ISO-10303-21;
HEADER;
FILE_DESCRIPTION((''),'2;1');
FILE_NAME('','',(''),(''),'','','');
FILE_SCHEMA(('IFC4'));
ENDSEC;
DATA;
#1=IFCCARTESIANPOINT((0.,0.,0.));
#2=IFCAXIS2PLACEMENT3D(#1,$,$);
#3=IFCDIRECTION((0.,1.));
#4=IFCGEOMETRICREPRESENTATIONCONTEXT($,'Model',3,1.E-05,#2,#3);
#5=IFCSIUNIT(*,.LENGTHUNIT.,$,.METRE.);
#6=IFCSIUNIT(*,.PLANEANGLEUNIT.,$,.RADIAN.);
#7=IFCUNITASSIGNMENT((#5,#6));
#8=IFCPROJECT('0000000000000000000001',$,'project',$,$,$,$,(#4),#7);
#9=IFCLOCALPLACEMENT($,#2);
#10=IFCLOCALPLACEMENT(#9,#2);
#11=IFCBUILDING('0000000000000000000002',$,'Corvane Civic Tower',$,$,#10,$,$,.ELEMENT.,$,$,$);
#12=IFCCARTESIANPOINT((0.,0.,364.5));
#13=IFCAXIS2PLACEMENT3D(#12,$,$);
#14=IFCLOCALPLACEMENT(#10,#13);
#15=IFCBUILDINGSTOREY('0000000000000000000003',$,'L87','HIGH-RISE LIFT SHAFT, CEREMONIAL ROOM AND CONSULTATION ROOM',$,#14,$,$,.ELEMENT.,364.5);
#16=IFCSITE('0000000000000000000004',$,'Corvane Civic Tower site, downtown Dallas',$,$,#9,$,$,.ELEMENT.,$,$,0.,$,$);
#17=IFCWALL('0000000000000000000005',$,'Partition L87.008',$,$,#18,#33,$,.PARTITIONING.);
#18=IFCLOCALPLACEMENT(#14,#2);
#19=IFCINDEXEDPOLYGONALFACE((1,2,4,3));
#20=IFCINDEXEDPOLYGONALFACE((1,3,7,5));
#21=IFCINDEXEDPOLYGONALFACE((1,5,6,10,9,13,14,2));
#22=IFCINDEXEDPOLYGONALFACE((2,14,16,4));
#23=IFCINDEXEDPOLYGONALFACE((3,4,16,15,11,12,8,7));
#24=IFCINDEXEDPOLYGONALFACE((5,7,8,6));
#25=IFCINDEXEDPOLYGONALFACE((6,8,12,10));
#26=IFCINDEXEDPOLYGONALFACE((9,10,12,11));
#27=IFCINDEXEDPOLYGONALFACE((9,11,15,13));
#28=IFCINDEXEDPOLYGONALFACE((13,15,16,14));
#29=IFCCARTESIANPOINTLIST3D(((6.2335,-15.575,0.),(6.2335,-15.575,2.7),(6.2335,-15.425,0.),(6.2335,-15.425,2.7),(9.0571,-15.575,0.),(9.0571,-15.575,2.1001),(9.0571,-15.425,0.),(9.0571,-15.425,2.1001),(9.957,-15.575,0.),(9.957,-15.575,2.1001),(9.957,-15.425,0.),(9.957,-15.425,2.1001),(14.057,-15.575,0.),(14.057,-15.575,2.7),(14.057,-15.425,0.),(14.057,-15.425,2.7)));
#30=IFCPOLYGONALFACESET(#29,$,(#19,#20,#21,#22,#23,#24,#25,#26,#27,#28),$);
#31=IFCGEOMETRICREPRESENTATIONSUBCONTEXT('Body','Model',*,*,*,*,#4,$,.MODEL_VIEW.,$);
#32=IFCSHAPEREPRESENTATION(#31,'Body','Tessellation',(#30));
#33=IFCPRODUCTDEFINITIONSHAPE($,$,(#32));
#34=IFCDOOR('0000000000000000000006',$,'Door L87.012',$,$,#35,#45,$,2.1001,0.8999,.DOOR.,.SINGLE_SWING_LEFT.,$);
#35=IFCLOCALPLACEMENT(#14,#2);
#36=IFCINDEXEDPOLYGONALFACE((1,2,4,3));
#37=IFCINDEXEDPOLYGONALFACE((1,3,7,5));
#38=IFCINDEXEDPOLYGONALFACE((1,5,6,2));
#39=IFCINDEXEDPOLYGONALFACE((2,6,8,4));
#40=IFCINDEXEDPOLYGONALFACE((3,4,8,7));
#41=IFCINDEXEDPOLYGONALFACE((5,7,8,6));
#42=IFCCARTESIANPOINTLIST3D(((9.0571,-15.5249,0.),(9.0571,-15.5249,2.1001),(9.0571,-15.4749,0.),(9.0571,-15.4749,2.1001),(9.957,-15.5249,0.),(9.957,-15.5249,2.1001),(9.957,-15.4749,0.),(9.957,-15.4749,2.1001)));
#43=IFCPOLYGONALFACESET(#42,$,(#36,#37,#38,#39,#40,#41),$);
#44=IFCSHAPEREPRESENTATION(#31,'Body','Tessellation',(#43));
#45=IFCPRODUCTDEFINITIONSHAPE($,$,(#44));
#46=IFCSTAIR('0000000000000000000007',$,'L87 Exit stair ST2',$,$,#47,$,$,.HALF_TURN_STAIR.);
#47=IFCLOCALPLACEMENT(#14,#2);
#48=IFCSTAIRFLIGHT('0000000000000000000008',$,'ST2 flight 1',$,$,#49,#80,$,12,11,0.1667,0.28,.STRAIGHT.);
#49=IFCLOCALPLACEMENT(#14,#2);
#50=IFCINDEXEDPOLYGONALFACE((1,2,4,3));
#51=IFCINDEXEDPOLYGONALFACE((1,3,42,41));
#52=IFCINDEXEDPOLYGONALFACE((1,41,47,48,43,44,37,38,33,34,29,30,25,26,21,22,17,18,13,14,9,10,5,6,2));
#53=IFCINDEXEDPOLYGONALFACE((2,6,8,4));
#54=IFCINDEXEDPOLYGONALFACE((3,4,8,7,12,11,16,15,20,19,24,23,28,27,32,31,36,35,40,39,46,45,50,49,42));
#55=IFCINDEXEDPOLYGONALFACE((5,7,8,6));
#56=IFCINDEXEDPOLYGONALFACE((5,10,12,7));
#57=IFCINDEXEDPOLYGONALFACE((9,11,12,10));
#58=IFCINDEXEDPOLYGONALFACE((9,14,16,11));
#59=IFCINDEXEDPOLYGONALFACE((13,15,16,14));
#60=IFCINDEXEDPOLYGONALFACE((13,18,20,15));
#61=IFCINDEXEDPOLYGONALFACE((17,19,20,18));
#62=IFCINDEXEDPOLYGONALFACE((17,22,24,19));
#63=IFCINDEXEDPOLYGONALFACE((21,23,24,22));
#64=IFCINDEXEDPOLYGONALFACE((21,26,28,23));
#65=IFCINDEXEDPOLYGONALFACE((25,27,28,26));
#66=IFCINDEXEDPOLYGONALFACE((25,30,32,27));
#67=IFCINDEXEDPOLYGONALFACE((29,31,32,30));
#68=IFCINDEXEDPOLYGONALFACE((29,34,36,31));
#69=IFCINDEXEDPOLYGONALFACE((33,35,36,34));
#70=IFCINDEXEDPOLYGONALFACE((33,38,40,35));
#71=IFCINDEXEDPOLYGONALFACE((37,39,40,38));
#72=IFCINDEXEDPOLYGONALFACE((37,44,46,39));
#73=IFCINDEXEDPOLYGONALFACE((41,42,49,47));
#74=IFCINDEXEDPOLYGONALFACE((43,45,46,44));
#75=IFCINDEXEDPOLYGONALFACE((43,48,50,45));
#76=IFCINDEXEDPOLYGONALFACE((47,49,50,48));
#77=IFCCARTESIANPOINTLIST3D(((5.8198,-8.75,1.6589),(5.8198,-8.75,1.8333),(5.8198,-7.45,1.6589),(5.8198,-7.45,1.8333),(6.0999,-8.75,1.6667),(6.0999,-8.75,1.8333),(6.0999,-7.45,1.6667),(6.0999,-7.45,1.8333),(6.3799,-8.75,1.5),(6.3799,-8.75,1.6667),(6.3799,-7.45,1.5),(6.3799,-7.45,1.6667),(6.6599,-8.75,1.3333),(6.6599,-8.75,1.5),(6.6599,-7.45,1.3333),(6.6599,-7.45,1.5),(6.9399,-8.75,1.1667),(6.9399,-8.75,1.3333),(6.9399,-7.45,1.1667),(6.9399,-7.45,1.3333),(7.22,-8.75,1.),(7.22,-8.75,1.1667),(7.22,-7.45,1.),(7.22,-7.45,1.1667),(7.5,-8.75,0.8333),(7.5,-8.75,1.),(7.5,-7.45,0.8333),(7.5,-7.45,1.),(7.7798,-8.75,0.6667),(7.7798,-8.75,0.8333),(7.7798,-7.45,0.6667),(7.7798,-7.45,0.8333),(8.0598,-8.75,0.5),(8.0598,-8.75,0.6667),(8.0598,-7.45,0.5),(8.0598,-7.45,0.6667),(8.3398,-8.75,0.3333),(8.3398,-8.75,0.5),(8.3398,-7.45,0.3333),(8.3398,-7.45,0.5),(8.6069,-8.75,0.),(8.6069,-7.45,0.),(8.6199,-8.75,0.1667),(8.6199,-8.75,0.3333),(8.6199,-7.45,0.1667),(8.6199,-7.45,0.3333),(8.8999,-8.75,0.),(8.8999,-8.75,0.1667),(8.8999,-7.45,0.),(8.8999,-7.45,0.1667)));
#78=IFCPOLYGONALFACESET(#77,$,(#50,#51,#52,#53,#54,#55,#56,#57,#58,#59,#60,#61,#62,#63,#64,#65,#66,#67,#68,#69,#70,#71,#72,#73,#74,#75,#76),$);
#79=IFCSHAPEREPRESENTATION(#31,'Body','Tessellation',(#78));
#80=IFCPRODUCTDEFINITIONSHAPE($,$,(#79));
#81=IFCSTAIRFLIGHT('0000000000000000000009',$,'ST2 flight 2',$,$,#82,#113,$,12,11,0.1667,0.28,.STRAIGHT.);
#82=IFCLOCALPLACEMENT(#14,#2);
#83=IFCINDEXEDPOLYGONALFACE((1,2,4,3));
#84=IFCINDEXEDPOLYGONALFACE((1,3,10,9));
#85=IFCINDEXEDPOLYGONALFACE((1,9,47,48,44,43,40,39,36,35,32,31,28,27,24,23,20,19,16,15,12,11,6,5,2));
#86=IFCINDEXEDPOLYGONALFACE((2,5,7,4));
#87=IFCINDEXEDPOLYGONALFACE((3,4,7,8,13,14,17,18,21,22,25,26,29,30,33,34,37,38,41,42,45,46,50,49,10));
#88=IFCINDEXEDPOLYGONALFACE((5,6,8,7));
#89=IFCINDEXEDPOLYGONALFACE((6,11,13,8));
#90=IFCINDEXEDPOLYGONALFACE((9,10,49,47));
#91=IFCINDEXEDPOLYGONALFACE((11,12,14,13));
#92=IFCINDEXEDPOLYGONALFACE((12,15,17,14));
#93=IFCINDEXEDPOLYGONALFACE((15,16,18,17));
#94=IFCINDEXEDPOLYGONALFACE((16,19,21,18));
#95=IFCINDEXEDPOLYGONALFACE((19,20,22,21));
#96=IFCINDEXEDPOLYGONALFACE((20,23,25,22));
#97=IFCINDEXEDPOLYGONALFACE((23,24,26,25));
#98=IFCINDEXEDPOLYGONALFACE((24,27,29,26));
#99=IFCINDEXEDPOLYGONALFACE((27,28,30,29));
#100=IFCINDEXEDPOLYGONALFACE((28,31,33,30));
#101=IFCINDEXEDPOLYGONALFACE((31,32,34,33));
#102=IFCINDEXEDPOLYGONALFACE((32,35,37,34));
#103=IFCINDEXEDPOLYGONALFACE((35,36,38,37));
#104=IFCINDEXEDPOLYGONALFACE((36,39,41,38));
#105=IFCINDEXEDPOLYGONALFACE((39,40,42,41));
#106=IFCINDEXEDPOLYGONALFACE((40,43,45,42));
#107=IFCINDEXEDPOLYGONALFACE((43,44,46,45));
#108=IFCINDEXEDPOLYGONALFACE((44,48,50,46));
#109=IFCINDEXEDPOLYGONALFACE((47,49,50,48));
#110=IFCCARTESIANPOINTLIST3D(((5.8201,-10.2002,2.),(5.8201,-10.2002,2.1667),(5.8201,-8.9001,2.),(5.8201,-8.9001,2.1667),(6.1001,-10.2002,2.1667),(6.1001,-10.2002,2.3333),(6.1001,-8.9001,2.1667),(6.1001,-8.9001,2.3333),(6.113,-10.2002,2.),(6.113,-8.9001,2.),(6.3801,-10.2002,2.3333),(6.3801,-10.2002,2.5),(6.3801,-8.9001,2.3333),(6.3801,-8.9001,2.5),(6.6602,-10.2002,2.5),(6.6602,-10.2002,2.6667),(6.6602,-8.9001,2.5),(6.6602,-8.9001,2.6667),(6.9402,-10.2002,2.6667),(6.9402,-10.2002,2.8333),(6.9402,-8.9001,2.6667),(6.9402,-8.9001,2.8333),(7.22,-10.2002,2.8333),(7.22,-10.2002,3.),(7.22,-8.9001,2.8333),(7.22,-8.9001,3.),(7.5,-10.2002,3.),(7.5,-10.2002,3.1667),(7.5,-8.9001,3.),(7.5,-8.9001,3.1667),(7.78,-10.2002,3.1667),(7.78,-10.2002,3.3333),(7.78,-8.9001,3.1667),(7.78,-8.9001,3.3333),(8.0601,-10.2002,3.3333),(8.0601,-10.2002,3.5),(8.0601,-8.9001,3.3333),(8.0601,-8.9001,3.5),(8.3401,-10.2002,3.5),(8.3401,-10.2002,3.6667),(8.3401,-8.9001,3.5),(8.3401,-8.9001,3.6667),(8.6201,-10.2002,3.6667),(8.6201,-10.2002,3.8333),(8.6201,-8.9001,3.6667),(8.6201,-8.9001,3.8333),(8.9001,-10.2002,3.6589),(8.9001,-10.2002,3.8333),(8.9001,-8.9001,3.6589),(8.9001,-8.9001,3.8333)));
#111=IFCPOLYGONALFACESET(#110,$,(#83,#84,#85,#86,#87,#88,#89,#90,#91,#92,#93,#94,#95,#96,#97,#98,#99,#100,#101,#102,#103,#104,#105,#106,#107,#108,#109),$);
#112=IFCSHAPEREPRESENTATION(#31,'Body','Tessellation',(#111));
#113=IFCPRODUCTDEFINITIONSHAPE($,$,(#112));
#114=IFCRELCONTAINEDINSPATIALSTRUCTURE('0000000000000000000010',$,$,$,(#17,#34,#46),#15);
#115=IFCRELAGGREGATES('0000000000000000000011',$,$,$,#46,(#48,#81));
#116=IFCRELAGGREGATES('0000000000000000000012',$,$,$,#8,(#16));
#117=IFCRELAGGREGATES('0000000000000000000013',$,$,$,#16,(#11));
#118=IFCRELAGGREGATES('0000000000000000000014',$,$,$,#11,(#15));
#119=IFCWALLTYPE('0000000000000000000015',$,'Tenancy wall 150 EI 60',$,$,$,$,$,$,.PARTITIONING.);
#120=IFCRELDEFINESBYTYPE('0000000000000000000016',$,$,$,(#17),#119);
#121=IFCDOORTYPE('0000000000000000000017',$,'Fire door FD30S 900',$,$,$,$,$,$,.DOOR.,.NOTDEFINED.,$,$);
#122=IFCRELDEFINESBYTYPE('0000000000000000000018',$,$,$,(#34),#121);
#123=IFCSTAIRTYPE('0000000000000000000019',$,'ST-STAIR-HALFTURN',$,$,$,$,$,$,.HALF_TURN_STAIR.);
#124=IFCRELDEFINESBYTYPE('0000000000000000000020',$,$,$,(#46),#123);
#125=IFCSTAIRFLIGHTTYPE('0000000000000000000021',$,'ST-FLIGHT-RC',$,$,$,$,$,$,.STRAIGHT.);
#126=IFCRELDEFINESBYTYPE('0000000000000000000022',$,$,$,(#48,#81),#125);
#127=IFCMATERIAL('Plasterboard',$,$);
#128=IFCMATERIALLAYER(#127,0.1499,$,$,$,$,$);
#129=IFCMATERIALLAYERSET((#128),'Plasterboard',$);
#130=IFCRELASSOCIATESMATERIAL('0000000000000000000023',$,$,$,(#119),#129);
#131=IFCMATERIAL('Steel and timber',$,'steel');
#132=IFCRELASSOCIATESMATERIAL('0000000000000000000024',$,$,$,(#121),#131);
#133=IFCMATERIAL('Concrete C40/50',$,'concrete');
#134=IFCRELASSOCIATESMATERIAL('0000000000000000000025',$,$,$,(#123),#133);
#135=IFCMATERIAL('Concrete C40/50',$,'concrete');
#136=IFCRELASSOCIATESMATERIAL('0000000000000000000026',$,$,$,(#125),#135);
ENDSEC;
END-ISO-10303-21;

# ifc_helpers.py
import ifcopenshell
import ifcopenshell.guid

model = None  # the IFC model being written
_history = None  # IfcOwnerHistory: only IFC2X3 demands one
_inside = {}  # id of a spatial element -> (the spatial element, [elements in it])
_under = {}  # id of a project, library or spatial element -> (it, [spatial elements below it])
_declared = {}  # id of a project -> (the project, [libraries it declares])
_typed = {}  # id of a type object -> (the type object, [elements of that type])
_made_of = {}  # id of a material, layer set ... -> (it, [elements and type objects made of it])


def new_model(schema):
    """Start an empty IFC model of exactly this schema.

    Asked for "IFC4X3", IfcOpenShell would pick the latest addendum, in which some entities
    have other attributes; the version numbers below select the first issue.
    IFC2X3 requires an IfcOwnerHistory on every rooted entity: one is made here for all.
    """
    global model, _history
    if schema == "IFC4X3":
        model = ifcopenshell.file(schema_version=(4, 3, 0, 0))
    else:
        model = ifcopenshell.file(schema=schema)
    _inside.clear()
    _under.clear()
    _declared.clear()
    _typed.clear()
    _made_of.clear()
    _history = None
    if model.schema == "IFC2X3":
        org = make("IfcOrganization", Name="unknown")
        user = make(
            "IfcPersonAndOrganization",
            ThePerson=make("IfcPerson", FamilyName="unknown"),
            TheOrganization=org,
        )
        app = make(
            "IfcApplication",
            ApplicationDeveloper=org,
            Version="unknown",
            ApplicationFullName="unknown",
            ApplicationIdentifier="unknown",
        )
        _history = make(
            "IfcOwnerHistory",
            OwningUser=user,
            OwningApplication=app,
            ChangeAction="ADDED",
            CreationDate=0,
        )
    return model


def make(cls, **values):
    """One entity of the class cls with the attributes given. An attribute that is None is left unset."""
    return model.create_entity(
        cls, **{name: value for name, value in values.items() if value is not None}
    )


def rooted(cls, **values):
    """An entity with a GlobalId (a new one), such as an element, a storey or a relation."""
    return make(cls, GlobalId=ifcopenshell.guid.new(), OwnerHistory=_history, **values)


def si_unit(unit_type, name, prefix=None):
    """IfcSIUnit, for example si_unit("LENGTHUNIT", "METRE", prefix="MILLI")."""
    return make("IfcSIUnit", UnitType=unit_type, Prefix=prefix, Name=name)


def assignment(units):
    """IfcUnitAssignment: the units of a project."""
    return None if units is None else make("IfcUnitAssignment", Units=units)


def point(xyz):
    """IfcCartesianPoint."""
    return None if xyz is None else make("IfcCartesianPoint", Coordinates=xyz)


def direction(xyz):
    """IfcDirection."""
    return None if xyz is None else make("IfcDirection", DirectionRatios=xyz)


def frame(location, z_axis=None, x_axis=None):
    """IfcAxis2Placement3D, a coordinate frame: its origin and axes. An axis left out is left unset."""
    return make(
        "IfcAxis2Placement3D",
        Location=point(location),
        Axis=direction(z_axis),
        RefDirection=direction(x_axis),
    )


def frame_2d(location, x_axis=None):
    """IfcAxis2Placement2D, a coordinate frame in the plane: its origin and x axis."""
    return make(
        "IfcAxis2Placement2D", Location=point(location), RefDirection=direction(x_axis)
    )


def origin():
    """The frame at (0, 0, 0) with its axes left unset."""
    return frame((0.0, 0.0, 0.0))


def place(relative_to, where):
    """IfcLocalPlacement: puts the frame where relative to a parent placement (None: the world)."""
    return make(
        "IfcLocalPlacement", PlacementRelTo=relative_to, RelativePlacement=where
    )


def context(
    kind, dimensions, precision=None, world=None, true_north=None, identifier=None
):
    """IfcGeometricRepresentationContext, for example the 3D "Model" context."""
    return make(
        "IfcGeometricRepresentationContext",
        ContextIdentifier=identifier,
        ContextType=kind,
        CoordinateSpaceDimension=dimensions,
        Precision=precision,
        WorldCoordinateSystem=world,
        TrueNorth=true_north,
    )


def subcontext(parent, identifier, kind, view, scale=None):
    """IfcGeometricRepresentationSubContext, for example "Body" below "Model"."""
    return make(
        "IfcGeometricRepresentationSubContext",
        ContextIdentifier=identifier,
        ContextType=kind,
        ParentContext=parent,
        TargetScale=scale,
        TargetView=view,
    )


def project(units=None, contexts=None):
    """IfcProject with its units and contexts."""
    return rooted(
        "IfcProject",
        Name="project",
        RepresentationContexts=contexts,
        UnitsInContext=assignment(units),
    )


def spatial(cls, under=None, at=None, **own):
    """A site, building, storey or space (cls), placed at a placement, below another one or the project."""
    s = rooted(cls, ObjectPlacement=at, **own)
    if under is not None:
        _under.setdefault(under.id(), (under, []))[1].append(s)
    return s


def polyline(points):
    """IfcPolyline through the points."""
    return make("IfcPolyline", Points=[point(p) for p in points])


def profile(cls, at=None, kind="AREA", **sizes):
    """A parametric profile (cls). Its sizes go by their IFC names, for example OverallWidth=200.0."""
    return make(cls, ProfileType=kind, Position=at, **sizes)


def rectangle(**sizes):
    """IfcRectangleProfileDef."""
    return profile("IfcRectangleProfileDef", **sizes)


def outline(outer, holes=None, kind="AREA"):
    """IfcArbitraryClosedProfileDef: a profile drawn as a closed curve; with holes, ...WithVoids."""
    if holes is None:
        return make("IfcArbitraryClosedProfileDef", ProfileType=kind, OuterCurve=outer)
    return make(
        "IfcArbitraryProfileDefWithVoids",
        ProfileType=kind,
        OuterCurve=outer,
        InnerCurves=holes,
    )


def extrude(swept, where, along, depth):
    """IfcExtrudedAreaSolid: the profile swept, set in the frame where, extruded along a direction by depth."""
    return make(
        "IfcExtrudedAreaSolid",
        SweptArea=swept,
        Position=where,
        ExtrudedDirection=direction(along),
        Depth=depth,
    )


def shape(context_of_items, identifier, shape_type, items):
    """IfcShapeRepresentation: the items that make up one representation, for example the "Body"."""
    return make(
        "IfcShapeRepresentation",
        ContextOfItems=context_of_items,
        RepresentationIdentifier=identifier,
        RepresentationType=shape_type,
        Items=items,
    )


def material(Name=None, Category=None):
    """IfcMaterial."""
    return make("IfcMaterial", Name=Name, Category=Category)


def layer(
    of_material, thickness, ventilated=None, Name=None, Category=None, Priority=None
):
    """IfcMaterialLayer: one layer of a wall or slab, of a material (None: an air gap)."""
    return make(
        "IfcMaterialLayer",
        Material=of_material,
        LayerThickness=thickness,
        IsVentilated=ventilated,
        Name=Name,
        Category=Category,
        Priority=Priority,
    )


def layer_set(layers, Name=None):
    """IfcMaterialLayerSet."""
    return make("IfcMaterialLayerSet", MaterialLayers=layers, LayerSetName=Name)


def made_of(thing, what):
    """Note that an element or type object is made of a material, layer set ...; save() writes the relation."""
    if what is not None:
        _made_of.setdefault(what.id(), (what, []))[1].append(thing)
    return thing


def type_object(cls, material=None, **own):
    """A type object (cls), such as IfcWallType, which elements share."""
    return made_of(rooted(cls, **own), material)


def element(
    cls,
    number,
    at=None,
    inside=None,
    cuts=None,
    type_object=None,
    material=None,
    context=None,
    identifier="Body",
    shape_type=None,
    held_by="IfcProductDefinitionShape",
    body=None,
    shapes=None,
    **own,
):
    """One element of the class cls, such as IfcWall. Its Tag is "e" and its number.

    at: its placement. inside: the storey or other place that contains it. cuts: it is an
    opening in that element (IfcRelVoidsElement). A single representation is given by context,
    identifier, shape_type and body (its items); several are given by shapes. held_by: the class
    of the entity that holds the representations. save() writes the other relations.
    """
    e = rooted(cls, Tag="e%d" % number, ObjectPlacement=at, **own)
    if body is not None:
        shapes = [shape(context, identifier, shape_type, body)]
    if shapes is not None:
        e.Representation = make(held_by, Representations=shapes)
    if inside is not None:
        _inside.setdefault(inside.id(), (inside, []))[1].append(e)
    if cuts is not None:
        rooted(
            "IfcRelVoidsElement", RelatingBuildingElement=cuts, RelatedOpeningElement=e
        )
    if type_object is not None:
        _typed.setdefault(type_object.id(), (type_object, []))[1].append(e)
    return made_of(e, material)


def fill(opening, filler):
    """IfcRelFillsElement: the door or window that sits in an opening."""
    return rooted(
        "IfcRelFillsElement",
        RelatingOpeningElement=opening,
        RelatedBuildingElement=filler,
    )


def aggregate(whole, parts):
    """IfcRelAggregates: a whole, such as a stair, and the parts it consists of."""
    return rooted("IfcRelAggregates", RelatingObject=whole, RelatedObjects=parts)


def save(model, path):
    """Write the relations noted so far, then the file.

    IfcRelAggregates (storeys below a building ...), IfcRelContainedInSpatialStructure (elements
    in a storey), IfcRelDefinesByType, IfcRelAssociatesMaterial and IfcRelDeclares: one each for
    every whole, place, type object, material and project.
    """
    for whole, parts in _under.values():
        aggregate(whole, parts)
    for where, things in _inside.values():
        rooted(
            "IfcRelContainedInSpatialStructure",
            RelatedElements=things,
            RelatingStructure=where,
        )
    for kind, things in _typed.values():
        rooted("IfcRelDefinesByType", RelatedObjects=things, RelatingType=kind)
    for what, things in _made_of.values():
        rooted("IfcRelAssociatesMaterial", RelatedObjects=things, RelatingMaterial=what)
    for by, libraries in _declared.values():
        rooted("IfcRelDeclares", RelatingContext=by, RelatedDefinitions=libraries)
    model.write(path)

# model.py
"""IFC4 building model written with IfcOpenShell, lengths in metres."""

from ifc_helpers import new_model, si_unit, direction, frame, frame_2d, origin, place, context, subcontext, project, spatial, polyline, rectangle, outline, extrude, material, layer, layer_set, type_object, element, fill, aggregate, save


model = new_model("IFC4")

# Units and contexts
model_context = context("Model", 3, precision=1e-05, world=origin(), true_north=direction((0.0, 1.0)))
body_context = subcontext(model_context, "Body", "Model", "MODEL_VIEW")
ifc_project = project(units=[si_unit("LENGTHUNIT", "METRE"), si_unit("PLANEANGLEUNIT", "RADIAN")], contexts=[model_context])

# Site, building, storey
site_placement = place(None, origin())
site = spatial("IfcSite", under=ifc_project, at=site_placement, Name="Corvane Civic Tower site, downtown Dallas", CompositionType="ELEMENT", RefElevation=0.0)
building_placement = place(site_placement, origin())
building = spatial("IfcBuilding", under=site, at=building_placement, Name="Corvane Civic Tower", CompositionType="ELEMENT")
storey_placement = place(building_placement, frame((0.0, 0.0, 364.5)))
storey = spatial("IfcBuildingStorey", under=building, at=storey_placement, Name="L87", Description="HIGH-RISE LIFT SHAFT, CEREMONIAL ROOM AND CONSULTATION ROOM", CompositionType="ELEMENT", Elevation=364.5)

# Wall, opening, door
ifc_material_1 = material(Name="Plasterboard")
ifc_layer_1 = layer(ifc_material_1, 0.1499)
ifc_layer_set_1 = layer_set([ifc_layer_1], Name="Plasterboard")
wall_type_1 = type_object("IfcWallType", Name="Tenancy wall 150 EI 60", PredefinedType="PARTITIONING", material=ifc_layer_set_1)
wall_1_placement = place(storey_placement, frame((6.2336, -15.5, 0.0), z_axis=(0.0, 0.0, 1.0), x_axis=(1.0, 0.0, 0.0)))
wall_1 = element("IfcWall", 1, at=wall_1_placement, inside=storey, type_object=wall_type_1, Name="Partition L87.008", PredefinedType="PARTITIONING", context=body_context, shape_type="SweptSolid", body=[
    extrude(rectangle(XDim=7.8235, YDim=0.1499, at=frame_2d((3.9116, 0.0))), origin(), (0.0, 0.0, 1.0), 2.7),
])
opening_1_placement = place(wall_1_placement, frame((2.8235, 0.0, 0.0)))
opening_1 = element("IfcOpeningElement", 2, at=opening_1_placement, cuts=wall_1, PredefinedType="OPENING", context=body_context, shape_type="SweptSolid", body=[
    extrude(rectangle(XDim=0.8999, YDim=2.1001, at=frame_2d((0.45, 1.05))), frame((0.0, 0.085, 0.0), z_axis=(0.0, -1.0, 0.0), x_axis=(1.0, 0.0, 0.0)), (0.0, 0.0, 1.0), 0.1699),
])
ifc_material_2 = material(Name="Steel and timber", Category="steel")
door_type_1 = type_object("IfcDoorType", Name="Fire door FD30S 900", OperationType="NOTDEFINED", PredefinedType="DOOR", material=ifc_material_2)
door_1_placement = place(opening_1_placement, frame((0.8999, 0.0, 0.0), z_axis=(0.0, 0.0, 1.0), x_axis=(-1.0, 0.0, 0.0)))
door_1 = element("IfcDoor", 3, at=door_1_placement, inside=storey, type_object=door_type_1, Name="Door L87.012", OperationType="SINGLE_SWING_LEFT", OverallHeight=2.1001, OverallWidth=0.8999, PredefinedType="DOOR", context=body_context, shape_type="SweptSolid", body=[
    extrude(rectangle(XDim=0.8999, YDim=2.1001, at=frame_2d((0.45, 1.05))), frame((0.0, 0.0249, 0.0), z_axis=(0.0, -1.0, 0.0), x_axis=(1.0, 0.0, 0.0)), (0.0, 0.0, 1.0), 0.05),
])
fill(opening_1, door_1)

# Stair, stair flights
ifc_material_3 = material(Name="Concrete C40/50", Category="concrete")
stair_type = type_object("IfcStairType", Name="ST-STAIR-HALFTURN", PredefinedType="HALF_TURN_STAIR", material=ifc_material_3)
stair_placement = place(storey_placement, origin())
stair = element("IfcStair", 4, at=stair_placement, inside=storey, type_object=stair_type, Name="L87 Exit stair ST2", PredefinedType="HALF_TURN_STAIR")
ifc_material_4 = material(Name="Concrete C40/50", Category="concrete")
stair_flight_type = type_object("IfcStairFlightType", Name="ST-FLIGHT-RC", PredefinedType="STRAIGHT", material=ifc_material_4)
stair_flight_1_placement = place(storey_placement, frame((8.8999, -8.1001, 0.0), z_axis=(0.0, 0.0, 1.0), x_axis=(-1.0, 0.0, 0.0)))
stair_flight_1 = element("IfcStairFlight", 5, at=stair_flight_1_placement, type_object=stair_flight_type, Name="ST2 flight 1", NumberOfRisers=12, NumberOfTreads=11, PredefinedType="STRAIGHT", RiserHeight=0.1667, TreadLength=0.28, context=body_context, shape_type="SweptSolid", body=[
    extrude(outline(polyline([(0.0, 0.0), (0.0, 0.1667), (0.28, 0.1667), (0.28, 0.3333), (0.5601, 0.3333), (0.5601, 0.5), (0.8401, 0.5), (0.8401, 0.6667), (1.1201, 0.6667), (1.1201, 0.8333), (1.3999, 0.8333), (1.3999, 1.0), (1.6799, 1.0), (1.6799, 1.1667), (1.96, 1.1667), (1.96, 1.3333), (2.24, 1.3333), (2.24, 1.5), (2.52, 1.5), (2.52, 1.6667), (2.8, 1.6667), (2.8, 1.8333), (3.0801, 1.8333), (3.0801, 2.0), (3.0801, 1.6589), (0.293, 0.0), (0.0, 0.0)])), frame((0.0, 0.6499, 0.0), z_axis=(0.0, -1.0, 0.0), x_axis=(1.0, 0.0, 0.0)), (0.0, 0.0, 1.0), 1.3),
])
stair_flight_2_placement = place(storey_placement, frame((5.8201, -9.55, 2.0), z_axis=(0.0, 0.0, 1.0), x_axis=(1.0, 0.0, 0.0)))
stair_flight_2 = element("IfcStairFlight", 6, at=stair_flight_2_placement, type_object=stair_flight_type, Name="ST2 flight 2", NumberOfRisers=12, NumberOfTreads=11, PredefinedType="STRAIGHT", RiserHeight=0.1667, TreadLength=0.28, context=body_context, shape_type="SweptSolid", body=[
    extrude(outline(polyline([(0.0, 0.0), (0.0, 0.1667), (0.28, 0.1667), (0.28, 0.3333), (0.5601, 0.3333), (0.5601, 0.5), (0.8401, 0.5), (0.8401, 0.6667), (1.1201, 0.6667), (1.1201, 0.8333), (1.3999, 0.8333), (1.3999, 1.0), (1.6799, 1.0), (1.6799, 1.1667), (1.96, 1.1667), (1.96, 1.3333), (2.24, 1.3333), (2.24, 1.5), (2.52, 1.5), (2.52, 1.6667), (2.8, 1.6667), (2.8, 1.8333), (3.0801, 1.8333), (3.0801, 2.0), (3.0801, 1.6589), (0.293, 0.0), (0.0, 0.0)])), frame((0.0, 0.6499, 0.0), z_axis=(0.0, -1.0, 0.0), x_axis=(1.0, 0.0, 0.0)), (0.0, 0.0, 1.0), 1.3),
])
aggregate(stair, [stair_flight_1, stair_flight_2])

save(model, "model.ifc")
